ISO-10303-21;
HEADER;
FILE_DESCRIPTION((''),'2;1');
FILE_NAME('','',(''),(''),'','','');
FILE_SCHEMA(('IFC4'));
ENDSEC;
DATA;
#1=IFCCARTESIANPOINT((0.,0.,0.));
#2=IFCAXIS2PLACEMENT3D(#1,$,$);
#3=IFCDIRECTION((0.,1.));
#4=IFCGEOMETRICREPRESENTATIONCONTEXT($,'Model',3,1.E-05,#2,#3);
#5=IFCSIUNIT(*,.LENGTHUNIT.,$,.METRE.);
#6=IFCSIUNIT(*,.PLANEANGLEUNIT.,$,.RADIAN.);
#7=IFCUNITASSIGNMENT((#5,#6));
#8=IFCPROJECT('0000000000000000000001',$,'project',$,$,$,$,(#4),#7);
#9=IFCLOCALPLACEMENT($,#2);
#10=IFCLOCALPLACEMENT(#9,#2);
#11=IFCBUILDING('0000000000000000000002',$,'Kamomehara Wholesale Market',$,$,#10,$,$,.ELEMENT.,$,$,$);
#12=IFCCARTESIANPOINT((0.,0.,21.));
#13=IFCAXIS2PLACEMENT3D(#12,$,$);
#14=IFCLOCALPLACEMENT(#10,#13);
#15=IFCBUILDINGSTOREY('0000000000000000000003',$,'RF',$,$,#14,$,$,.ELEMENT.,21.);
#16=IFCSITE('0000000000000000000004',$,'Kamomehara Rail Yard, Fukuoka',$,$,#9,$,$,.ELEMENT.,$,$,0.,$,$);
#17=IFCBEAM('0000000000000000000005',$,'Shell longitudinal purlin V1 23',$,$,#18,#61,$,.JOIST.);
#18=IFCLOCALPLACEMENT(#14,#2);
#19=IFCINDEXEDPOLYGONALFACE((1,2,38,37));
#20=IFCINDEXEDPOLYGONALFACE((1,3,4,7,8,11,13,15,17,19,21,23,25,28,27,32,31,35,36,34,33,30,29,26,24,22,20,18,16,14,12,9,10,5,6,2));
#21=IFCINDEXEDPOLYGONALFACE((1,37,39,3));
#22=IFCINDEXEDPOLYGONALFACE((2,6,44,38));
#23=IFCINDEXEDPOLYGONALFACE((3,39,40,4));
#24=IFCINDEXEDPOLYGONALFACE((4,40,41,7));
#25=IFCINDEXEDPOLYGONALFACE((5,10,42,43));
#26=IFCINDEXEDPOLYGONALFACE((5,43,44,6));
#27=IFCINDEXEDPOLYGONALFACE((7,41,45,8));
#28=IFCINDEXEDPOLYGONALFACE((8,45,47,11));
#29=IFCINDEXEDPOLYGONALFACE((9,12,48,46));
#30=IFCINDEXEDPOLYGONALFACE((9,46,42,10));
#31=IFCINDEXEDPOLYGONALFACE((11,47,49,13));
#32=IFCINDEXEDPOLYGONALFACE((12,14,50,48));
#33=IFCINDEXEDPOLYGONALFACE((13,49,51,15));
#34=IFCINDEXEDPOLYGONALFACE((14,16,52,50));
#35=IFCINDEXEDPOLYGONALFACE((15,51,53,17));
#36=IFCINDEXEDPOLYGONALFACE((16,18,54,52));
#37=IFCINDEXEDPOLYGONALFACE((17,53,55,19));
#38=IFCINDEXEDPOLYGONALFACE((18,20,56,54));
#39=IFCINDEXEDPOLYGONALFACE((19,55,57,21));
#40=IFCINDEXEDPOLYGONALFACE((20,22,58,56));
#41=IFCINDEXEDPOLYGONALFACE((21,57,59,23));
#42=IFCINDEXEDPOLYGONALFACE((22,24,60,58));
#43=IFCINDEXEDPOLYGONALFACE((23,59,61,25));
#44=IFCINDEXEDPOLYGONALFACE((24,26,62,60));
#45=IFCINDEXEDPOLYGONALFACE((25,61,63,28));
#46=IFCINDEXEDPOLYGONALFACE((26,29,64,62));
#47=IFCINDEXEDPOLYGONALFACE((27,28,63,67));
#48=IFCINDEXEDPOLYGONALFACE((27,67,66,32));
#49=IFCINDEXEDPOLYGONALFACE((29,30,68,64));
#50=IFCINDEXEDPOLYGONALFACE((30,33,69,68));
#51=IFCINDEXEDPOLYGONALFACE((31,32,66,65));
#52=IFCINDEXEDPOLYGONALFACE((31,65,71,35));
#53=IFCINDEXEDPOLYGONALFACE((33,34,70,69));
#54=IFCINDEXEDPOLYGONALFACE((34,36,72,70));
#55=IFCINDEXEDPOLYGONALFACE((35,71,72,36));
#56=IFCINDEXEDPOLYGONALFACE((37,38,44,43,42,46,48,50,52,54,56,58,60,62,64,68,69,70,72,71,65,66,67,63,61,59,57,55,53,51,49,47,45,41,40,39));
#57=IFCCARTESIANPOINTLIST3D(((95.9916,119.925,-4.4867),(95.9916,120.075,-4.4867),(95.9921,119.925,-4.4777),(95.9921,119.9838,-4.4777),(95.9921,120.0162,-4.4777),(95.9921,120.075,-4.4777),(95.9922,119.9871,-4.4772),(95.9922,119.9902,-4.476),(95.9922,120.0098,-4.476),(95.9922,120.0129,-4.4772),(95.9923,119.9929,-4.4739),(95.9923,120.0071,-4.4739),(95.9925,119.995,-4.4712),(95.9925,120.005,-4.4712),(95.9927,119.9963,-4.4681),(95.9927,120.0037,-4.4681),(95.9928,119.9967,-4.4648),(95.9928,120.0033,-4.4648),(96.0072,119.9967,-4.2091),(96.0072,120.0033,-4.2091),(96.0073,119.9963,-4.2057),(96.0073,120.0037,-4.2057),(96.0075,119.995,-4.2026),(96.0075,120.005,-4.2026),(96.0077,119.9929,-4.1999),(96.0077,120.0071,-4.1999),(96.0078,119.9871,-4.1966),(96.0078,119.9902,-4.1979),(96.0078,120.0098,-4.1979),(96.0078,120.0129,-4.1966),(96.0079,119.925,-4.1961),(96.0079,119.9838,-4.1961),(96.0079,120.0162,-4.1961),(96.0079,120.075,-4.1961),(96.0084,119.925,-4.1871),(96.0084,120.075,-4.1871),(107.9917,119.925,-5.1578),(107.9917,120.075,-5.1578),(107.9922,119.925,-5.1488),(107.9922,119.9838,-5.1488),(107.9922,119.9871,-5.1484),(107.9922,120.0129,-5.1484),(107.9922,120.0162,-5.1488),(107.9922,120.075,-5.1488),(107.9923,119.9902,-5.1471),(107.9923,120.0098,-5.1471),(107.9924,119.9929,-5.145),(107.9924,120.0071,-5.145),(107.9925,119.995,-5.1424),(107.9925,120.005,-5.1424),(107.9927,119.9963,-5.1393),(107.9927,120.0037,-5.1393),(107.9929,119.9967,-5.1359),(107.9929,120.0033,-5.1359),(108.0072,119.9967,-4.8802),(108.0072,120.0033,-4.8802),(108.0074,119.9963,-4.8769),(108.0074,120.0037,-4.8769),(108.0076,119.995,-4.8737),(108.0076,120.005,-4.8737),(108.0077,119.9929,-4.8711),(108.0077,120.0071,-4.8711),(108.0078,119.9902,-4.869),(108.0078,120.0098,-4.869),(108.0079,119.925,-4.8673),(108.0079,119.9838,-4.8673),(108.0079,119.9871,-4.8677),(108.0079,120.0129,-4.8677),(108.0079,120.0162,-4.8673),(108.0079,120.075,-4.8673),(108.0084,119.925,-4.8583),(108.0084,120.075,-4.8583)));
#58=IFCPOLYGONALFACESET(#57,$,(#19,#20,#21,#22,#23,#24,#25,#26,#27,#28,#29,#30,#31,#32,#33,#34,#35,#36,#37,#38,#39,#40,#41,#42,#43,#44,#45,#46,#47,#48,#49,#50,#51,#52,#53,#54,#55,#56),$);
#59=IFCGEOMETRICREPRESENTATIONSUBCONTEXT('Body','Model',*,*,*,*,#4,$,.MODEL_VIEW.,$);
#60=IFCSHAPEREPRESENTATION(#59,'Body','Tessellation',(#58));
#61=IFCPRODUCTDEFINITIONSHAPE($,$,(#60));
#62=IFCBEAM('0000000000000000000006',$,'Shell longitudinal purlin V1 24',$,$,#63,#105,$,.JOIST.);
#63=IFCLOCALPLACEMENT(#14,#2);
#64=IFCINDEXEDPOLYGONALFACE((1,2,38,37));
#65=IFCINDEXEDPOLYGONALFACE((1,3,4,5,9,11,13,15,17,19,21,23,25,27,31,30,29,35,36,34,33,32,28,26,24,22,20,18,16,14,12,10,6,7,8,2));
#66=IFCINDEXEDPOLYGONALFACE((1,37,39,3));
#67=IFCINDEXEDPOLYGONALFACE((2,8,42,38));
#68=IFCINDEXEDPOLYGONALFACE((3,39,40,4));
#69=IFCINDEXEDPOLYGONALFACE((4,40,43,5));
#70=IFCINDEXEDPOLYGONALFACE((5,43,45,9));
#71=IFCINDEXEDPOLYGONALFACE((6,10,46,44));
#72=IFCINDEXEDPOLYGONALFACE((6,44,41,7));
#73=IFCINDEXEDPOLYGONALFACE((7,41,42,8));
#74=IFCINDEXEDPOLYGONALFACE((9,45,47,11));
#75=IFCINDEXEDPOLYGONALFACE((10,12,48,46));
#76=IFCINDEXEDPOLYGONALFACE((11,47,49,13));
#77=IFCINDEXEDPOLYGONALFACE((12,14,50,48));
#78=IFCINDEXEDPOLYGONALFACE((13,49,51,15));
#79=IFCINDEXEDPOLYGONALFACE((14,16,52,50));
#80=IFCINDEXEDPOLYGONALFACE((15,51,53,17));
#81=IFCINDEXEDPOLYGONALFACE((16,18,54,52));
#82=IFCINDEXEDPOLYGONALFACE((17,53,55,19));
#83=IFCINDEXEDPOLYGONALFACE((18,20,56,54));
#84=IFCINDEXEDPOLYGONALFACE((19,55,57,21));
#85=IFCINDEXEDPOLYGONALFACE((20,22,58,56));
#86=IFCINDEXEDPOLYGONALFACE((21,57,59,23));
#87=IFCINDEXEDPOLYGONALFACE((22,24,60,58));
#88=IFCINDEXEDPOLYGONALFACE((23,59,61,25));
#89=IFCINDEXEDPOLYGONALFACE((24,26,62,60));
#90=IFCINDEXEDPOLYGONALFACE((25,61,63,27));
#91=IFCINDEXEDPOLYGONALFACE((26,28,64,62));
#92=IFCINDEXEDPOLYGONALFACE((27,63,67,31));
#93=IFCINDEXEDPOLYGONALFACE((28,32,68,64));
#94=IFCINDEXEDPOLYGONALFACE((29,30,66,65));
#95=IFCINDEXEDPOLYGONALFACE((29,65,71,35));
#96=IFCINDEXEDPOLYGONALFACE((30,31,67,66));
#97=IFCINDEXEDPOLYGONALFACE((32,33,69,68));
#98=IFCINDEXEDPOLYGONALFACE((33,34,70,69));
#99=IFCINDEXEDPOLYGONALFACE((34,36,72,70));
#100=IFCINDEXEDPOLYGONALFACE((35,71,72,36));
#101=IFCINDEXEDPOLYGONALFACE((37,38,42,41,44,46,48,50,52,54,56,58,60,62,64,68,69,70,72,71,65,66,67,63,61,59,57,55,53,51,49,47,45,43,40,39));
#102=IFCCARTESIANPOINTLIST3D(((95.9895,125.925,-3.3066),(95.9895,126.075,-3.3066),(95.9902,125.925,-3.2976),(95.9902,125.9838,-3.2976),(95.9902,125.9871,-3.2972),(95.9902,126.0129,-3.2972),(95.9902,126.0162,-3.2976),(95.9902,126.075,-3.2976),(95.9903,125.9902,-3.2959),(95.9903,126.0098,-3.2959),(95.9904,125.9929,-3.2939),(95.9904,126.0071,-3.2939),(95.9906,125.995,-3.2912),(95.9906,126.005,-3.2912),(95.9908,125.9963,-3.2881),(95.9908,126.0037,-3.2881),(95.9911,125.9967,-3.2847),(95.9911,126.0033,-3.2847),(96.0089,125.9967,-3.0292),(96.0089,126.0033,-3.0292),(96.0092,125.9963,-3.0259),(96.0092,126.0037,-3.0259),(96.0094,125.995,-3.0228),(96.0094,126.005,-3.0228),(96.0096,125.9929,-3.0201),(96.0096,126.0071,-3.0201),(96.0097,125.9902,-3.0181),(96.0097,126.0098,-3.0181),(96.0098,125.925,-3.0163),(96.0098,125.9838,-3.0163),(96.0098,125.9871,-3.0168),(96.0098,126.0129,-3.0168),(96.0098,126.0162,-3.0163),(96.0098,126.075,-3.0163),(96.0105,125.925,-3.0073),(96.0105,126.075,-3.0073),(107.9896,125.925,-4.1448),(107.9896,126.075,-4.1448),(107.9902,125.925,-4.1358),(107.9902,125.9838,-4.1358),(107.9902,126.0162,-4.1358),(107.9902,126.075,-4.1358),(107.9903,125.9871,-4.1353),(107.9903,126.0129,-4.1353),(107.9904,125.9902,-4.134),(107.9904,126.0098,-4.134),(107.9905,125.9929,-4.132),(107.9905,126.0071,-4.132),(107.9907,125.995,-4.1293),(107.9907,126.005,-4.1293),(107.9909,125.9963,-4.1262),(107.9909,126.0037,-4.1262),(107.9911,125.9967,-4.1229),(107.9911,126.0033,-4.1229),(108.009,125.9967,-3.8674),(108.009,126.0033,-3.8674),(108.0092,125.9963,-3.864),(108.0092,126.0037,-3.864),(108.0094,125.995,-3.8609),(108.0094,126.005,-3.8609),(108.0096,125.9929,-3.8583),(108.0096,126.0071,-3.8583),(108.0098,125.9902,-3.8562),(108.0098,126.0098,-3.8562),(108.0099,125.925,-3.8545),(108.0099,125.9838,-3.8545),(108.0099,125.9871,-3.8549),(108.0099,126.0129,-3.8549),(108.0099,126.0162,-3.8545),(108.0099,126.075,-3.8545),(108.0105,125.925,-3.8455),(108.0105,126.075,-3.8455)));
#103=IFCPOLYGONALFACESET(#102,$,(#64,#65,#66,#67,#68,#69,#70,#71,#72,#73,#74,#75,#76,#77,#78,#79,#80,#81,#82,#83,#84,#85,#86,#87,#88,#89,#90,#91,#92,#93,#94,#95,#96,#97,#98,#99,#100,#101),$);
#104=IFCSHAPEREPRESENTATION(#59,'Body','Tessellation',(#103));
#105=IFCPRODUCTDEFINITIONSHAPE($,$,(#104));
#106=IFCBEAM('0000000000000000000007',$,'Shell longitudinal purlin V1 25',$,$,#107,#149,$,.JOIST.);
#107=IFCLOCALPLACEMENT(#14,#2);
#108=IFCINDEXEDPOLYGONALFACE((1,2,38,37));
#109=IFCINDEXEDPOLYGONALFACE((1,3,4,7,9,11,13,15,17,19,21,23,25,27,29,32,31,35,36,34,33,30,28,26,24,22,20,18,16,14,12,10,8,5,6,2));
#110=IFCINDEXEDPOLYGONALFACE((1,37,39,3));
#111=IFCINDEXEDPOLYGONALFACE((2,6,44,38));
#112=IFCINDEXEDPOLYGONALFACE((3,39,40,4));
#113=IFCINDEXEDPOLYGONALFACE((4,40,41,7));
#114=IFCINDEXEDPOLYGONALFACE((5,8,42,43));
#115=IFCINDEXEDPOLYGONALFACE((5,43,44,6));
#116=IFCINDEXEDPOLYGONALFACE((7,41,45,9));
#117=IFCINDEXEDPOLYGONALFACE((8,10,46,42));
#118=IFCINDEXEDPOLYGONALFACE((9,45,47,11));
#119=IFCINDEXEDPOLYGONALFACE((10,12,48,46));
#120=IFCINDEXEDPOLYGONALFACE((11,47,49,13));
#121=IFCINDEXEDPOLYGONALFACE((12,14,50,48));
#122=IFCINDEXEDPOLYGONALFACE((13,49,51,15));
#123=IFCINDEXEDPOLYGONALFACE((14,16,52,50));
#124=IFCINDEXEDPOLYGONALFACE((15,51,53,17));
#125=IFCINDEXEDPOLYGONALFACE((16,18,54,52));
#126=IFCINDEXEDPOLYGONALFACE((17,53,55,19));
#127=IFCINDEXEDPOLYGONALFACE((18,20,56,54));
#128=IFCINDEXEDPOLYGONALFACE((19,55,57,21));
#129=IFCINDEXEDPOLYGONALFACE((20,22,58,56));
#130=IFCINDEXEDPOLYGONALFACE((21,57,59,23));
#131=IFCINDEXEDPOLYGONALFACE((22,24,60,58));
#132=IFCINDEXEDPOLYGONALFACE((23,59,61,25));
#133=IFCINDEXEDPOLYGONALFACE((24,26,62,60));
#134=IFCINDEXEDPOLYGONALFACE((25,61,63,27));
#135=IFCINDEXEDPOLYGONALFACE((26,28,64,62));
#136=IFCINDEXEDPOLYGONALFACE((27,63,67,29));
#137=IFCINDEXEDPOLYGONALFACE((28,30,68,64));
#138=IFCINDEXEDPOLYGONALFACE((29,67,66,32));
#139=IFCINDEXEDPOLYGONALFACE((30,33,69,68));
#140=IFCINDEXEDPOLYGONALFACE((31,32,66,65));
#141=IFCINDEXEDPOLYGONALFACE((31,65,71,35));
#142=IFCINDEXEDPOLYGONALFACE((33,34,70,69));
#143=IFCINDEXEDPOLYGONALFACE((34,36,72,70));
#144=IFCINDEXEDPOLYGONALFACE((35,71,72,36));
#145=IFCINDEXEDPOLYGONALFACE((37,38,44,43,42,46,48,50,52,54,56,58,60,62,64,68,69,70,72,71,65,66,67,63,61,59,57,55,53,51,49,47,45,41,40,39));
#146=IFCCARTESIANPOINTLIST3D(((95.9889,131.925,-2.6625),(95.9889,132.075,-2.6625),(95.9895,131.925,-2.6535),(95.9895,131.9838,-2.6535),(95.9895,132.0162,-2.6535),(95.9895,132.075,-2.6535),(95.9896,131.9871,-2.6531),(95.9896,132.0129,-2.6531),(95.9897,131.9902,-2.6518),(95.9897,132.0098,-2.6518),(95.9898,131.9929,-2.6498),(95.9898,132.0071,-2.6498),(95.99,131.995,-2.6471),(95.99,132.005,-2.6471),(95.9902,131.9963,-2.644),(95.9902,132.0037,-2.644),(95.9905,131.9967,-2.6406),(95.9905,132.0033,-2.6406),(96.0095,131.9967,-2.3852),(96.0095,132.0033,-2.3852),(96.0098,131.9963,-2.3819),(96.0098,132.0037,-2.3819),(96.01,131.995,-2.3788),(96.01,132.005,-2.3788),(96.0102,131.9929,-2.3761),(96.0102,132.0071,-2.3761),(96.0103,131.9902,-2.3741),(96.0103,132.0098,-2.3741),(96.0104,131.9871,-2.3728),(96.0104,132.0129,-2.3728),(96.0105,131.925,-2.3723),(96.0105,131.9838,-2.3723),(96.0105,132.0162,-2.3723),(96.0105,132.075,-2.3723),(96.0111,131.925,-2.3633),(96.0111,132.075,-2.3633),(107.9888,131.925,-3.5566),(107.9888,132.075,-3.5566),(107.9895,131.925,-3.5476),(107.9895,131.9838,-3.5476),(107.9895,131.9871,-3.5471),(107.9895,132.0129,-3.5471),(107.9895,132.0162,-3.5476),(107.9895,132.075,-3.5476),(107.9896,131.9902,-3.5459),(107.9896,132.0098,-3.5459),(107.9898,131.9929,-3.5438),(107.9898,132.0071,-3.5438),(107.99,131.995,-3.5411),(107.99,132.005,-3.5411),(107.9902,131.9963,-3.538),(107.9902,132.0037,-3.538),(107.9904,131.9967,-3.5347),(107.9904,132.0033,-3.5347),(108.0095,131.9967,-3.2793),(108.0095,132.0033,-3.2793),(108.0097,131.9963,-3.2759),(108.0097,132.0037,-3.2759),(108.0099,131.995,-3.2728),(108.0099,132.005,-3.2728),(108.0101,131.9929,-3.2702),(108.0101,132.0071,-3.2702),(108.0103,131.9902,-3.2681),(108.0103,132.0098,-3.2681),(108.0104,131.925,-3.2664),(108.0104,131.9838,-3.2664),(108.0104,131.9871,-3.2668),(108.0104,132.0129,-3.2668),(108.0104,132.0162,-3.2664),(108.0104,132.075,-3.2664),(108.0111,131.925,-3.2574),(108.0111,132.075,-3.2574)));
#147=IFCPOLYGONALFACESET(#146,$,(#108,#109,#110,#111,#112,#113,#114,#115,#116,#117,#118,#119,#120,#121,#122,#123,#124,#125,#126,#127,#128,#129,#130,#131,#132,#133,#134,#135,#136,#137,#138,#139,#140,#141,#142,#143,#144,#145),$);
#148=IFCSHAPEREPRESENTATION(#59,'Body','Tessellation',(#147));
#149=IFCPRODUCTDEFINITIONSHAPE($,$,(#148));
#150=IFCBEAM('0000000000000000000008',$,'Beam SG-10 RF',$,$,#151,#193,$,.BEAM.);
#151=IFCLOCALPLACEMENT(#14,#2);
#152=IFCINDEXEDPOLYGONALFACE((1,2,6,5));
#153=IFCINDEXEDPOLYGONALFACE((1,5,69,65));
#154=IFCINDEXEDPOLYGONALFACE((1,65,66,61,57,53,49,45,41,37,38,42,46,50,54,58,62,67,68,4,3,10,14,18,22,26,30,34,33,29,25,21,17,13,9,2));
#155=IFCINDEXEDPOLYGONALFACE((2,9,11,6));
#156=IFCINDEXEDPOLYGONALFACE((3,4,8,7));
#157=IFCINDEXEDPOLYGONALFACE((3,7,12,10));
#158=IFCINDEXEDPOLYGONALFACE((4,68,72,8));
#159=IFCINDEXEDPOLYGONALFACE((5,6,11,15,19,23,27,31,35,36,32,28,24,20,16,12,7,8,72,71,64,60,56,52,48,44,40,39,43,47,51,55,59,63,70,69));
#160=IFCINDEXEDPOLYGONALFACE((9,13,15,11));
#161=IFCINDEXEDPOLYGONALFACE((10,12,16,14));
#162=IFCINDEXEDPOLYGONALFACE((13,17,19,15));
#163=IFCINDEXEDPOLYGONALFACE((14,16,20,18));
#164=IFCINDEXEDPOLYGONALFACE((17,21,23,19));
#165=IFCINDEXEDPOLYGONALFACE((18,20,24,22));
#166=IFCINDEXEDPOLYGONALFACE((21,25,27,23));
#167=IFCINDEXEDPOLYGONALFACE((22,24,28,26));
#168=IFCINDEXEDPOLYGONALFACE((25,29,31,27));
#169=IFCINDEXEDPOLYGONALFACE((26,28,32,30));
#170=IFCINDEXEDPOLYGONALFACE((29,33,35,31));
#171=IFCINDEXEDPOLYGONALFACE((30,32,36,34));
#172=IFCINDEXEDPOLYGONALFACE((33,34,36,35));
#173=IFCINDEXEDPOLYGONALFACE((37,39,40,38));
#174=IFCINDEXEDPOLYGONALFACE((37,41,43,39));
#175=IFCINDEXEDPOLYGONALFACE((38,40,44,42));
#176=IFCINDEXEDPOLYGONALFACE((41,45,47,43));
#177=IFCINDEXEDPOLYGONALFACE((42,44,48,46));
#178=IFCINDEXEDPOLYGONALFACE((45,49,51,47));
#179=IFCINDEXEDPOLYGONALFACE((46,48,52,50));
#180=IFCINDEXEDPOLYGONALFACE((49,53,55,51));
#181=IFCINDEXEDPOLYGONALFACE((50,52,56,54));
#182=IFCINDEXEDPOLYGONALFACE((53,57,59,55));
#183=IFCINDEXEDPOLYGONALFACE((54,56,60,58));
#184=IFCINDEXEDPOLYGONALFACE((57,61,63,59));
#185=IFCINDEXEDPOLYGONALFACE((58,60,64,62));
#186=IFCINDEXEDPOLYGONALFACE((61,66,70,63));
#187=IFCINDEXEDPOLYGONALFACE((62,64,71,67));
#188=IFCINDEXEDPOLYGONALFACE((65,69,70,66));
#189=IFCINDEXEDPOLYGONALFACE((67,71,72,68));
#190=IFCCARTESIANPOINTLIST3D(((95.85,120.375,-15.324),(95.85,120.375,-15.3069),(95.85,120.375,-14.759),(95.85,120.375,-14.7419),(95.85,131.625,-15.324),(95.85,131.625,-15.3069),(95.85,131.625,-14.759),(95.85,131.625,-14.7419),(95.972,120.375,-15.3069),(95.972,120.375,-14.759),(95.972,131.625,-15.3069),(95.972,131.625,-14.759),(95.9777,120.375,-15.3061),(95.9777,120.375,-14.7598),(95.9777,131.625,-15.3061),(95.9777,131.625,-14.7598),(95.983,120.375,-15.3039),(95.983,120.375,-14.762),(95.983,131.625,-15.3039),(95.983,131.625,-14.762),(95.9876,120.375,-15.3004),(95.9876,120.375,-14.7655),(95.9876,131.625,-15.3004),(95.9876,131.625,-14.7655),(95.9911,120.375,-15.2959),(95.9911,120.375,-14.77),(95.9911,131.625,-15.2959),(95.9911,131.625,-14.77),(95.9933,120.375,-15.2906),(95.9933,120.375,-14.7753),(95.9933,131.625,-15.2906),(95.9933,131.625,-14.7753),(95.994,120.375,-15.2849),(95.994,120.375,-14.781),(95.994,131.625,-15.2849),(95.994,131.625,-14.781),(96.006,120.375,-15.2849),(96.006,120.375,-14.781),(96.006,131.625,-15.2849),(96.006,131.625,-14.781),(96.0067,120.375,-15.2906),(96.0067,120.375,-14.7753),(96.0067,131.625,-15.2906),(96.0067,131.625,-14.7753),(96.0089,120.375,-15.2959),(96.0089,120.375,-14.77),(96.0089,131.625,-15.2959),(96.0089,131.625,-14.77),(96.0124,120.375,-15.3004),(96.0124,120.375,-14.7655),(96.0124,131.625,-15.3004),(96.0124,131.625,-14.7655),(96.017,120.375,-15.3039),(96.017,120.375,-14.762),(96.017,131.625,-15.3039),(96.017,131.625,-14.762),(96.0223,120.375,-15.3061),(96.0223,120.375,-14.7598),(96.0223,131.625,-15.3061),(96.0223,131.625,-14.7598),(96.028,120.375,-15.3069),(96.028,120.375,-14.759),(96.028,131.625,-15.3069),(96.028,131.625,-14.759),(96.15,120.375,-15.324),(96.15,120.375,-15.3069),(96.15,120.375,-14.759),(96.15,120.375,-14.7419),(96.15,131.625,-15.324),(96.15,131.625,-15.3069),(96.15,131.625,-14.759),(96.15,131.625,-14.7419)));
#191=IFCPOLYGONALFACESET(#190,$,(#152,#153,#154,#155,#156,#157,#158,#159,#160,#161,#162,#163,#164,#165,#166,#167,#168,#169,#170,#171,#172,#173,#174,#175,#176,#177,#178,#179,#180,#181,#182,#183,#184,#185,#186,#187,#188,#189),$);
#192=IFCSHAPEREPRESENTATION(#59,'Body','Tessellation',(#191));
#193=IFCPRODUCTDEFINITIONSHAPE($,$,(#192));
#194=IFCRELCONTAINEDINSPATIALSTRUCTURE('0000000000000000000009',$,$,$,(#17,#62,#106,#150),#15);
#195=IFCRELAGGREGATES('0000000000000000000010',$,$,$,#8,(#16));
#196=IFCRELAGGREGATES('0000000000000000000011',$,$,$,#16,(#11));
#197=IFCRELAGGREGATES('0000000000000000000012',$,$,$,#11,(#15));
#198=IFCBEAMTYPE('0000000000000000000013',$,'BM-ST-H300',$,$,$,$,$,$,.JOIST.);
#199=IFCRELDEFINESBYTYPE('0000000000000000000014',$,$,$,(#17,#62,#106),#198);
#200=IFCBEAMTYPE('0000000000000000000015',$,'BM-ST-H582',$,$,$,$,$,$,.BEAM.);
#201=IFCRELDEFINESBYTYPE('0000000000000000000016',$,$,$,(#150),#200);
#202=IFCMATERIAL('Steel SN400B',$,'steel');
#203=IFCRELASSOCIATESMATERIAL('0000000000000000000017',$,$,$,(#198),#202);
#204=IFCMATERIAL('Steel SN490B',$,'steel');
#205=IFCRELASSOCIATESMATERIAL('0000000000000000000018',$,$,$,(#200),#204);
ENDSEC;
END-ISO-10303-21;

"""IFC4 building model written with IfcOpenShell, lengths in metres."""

from ifc_helpers import new_model, si_unit, direction, frame, origin, origin_2d, place, context, subcontext, project, spatial, i_section, extrude, material, material_profile, profile_set, type_object, element, save


model = new_model("IFC4")

# Units and contexts
model_context = context("Model", 3, precision=1e-05, world=origin(), true_north=direction((0.0, 1.0)))
body_context = subcontext(model_context, "Body", "Model", "MODEL_VIEW")
ifc_project = project(units=[si_unit("LENGTHUNIT", "METRE"), si_unit("PLANEANGLEUNIT", "RADIAN")], contexts=[model_context])

# Site, building, storey
site_placement = place(None, origin())
site = spatial("IfcSite", under=ifc_project, at=site_placement, Name="Kamomehara Rail Yard, Fukuoka", CompositionType="ELEMENT", RefElevation=0.0)
building_placement = place(site_placement, origin())
building = spatial("IfcBuilding", under=site, at=building_placement, Name="Kamomehara Wholesale Market", CompositionType="ELEMENT")
storey_placement = place(building_placement, frame((0.0, 0.0, 21.0)))
storey = spatial("IfcBuildingStorey", under=building, at=storey_placement, Name="RF", CompositionType="ELEMENT", Elevation=21.0)

# Beams
ifc_material_1 = material(Name="Steel SN400B", Category="steel")
ifc_material_profile_1 = material_profile(ifc_material_1, i_section(OverallWidth=0.1499, OverallDepth=0.3, WebThickness=0.0066, FlangeThickness=0.009, FilletRadius=0.0129, at=origin_2d()), Name="H-300x150x6.5x9")
ifc_profile_set_1 = profile_set([ifc_material_profile_1], Name="Steel SN400B")
beam_type_1 = type_object("IfcBeamType", Name="BM-ST-H300", PredefinedType="JOIST", material=ifc_profile_set_1)
beam_1_placement = place(storey_placement, frame((96.0, 120.0, -4.3369), z_axis=(0.99844, 0.0, -0.055841), x_axis=(0.0, 1.0, 0.0)))
element("IfcBeam", 1, at=beam_1_placement, inside=storey, type_object=beam_type_1, Name="Shell longitudinal purlin V1 23", PredefinedType="JOIST", context=body_context, shape_type="SweptSolid", body=[
    extrude(i_section(OverallWidth=0.1499, OverallDepth=0.3, WebThickness=0.0066, FlangeThickness=0.009, FilletRadius=0.0129, at=origin_2d()), origin(), (0.0, 0.0, 1.0), 12.0188),
])
beam_2_placement = place(storey_placement, frame((96.0, 126.0, -3.157), z_axis=(0.99757, 0.0, -0.069675), x_axis=(0.0, 1.0, 0.0)))
element("IfcBeam", 2, at=beam_2_placement, inside=storey, type_object=beam_type_1, Name="Shell longitudinal purlin V1 24", PredefinedType="JOIST", context=body_context, shape_type="SweptSolid", body=[
    extrude(i_section(OverallWidth=0.1499, OverallDepth=0.3, WebThickness=0.0066, FlangeThickness=0.009, FilletRadius=0.0129, at=origin_2d()), origin(), (0.0, 0.0, 1.0), 12.0293),
])
beam_3_placement = place(storey_placement, frame((96.0, 132.0, -2.5129), z_axis=(0.997236, 0.0, -0.074298), x_axis=(0.0, 1.0, 0.0)))
element("IfcBeam", 3, at=beam_3_placement, inside=storey, type_object=beam_type_1, Name="Shell longitudinal purlin V1 25", PredefinedType="JOIST", context=body_context, shape_type="SweptSolid", body=[
    extrude(i_section(OverallWidth=0.1499, OverallDepth=0.3, WebThickness=0.0066, FlangeThickness=0.009, FilletRadius=0.0129, at=origin_2d()), origin(), (0.0, 0.0, 1.0), 12.0332),
])
ifc_material_2 = material(Name="Steel SN490B", Category="steel")
ifc_material_profile_2 = material_profile(ifc_material_2, i_section(OverallWidth=0.3, OverallDepth=0.582, WebThickness=0.012, FlangeThickness=0.0171, FilletRadius=0.022, at=origin_2d()), Name="H-582x300x12x17")
ifc_profile_set_2 = profile_set([ifc_material_profile_2], Name="Steel SN490B")
beam_type_2 = type_object("IfcBeamType", Name="BM-ST-H582", PredefinedType="BEAM", material=ifc_profile_set_2)
beam_4_placement = place(storey_placement, frame((96.0, 120.375, -15.033), z_axis=(0.0, 1.0, 0.0), x_axis=(-1.0, 0.0, 0.0)))
element("IfcBeam", 4, at=beam_4_placement, inside=storey, type_object=beam_type_2, Name="Beam SG-10 RF", PredefinedType="BEAM", context=body_context, shape_type="SweptSolid", body=[
    extrude(i_section(OverallWidth=0.3, OverallDepth=0.582, WebThickness=0.012, FlangeThickness=0.0171, FilletRadius=0.022, at=origin_2d()), origin(), (0.0, 0.0, 1.0), 11.25),
])

save(model, "model.ifc")
